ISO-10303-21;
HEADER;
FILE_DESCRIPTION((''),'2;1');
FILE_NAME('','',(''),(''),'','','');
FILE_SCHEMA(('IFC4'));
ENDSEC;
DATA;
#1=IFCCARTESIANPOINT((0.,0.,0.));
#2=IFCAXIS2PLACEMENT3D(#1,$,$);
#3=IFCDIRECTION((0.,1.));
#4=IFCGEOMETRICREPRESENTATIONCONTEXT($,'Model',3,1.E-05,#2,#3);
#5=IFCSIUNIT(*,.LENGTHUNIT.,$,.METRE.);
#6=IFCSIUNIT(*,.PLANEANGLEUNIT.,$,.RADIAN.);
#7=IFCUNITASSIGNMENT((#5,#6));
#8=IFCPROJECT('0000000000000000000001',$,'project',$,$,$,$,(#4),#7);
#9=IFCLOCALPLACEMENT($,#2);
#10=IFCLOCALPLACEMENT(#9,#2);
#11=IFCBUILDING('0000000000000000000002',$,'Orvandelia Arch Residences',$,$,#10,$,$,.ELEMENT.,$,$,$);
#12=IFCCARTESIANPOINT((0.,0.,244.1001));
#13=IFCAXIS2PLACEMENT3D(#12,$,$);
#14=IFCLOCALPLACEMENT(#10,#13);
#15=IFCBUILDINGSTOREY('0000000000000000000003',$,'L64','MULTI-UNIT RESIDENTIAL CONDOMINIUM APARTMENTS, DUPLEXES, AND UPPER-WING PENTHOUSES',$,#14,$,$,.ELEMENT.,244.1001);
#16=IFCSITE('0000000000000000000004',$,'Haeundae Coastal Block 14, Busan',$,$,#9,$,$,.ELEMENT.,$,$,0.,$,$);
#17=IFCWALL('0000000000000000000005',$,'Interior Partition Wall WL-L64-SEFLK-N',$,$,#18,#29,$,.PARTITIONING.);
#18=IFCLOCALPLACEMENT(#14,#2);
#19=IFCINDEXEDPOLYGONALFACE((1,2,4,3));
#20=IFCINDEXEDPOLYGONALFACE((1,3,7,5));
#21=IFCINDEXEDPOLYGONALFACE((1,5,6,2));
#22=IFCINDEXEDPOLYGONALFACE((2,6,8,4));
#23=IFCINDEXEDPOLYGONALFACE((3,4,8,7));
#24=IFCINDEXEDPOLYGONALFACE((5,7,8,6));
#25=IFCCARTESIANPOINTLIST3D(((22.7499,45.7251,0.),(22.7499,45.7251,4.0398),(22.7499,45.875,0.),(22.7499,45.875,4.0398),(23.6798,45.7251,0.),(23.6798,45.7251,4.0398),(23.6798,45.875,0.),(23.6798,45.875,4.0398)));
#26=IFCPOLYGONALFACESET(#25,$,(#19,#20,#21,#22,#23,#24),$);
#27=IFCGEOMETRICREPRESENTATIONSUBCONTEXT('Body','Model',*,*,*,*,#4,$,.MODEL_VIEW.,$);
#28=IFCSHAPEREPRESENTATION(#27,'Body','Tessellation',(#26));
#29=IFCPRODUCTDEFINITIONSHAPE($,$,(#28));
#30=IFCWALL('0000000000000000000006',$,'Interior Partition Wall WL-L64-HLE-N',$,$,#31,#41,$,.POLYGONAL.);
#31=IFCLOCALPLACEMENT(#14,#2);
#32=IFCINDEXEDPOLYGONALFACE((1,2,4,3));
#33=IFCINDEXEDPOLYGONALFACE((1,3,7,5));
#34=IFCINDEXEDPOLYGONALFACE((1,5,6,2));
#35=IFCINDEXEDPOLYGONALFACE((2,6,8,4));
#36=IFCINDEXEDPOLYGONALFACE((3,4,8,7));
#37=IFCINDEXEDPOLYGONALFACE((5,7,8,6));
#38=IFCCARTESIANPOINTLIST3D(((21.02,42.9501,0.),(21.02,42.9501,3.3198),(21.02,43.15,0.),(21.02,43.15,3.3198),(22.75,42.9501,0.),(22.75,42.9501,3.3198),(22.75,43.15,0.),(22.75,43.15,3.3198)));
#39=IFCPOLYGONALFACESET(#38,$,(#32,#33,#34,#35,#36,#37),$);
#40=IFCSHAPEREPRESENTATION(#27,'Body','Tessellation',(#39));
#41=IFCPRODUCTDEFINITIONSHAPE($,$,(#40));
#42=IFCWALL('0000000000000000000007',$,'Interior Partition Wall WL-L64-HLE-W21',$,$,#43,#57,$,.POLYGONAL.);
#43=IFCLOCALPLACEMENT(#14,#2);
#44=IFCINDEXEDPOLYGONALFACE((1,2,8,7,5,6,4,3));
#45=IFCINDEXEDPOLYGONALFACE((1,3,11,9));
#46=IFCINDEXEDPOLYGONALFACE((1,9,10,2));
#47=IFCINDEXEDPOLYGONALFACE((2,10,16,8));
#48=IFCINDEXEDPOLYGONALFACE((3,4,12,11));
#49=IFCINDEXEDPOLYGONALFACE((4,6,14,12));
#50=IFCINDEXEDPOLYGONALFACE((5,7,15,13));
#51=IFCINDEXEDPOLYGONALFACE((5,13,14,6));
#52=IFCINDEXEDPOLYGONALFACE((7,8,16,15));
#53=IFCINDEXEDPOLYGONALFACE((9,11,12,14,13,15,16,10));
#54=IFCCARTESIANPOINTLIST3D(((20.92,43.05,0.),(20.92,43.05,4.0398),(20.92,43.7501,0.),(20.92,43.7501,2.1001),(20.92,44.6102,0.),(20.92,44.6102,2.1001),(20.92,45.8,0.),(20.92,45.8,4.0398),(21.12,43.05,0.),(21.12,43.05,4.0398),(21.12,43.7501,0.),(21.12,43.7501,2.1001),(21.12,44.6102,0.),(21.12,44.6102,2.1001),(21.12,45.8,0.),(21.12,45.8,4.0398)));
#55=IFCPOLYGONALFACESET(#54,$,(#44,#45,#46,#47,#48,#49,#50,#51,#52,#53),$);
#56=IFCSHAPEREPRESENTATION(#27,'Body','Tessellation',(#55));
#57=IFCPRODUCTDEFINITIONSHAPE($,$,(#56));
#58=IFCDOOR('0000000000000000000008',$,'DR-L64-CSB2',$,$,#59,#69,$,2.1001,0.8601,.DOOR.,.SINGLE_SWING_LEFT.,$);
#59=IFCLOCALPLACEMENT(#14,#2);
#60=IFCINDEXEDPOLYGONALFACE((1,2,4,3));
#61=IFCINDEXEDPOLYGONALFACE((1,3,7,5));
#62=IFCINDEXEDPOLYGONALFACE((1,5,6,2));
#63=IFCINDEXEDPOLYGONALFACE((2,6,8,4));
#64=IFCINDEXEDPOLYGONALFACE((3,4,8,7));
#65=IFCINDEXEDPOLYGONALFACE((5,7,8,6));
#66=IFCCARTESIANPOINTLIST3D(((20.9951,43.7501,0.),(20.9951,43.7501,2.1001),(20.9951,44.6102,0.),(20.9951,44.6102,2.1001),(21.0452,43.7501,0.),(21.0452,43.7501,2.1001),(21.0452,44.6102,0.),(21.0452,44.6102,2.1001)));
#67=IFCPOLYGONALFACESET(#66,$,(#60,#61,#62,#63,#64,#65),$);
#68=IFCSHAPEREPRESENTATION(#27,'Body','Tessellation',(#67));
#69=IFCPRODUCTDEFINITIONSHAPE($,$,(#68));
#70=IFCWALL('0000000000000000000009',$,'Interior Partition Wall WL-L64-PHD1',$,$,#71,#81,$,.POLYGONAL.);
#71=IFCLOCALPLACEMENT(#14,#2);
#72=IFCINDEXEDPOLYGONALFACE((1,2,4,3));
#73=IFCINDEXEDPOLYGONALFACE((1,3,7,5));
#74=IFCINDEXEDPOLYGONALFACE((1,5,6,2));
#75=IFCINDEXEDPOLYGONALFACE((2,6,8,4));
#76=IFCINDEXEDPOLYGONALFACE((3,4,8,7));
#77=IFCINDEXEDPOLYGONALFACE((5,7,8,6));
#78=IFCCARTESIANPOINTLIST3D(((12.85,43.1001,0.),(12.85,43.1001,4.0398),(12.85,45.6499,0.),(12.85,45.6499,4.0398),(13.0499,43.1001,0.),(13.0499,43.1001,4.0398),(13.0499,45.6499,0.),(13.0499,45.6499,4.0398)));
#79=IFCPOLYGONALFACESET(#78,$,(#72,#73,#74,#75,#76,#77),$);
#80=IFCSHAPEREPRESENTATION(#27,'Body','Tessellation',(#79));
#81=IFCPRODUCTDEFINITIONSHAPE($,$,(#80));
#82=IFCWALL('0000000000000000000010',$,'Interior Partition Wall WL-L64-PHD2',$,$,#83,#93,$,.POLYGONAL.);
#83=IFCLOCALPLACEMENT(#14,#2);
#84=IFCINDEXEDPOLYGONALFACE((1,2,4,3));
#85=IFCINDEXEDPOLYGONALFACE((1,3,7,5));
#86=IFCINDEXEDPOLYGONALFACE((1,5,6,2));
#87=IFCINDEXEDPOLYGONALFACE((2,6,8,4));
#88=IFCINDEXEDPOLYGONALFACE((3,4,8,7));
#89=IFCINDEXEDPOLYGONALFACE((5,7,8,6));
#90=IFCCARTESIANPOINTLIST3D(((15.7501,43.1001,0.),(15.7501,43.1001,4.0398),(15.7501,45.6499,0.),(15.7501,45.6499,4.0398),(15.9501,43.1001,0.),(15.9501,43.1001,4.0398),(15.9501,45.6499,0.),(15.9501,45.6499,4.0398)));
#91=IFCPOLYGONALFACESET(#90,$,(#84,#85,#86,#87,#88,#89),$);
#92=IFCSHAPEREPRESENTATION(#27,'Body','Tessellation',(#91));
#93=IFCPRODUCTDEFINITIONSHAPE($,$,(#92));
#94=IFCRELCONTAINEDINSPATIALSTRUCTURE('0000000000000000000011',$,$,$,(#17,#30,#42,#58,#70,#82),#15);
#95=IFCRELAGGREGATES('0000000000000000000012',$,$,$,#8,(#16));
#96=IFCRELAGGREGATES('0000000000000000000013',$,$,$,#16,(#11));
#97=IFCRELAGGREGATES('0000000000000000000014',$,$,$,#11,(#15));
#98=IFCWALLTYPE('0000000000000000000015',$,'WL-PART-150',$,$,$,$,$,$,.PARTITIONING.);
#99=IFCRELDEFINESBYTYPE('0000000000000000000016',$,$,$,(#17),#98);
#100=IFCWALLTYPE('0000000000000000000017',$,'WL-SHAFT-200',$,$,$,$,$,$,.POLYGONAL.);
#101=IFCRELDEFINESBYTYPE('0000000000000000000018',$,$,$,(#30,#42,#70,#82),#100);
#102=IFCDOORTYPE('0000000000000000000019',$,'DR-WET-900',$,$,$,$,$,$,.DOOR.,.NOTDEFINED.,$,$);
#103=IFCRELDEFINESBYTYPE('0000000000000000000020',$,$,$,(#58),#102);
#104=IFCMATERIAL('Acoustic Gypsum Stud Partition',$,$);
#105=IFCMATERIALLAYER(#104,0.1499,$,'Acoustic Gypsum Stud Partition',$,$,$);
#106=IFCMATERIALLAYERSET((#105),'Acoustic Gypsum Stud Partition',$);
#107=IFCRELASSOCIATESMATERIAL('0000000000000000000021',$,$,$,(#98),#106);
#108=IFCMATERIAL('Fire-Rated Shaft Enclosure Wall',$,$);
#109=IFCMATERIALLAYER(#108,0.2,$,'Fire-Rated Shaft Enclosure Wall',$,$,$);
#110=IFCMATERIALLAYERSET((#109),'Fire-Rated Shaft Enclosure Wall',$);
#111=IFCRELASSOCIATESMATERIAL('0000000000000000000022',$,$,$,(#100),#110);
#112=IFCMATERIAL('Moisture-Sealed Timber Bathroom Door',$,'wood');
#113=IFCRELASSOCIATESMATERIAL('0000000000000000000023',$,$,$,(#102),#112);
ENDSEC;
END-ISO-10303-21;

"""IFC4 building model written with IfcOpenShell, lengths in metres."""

from ifc_helpers import new_model, si_unit, direction, frame, frame_2d, origin, place, context, subcontext, project, spatial, rectangle, extrude, material, layer, layer_set, type_object, element, fill, save


model = new_model("IFC4")

# Units and contexts
model_context = context("Model", 3, precision=1e-05, world=origin(), true_north=direction((0.0, 1.0)))
body_context = subcontext(model_context, "Body", "Model", "MODEL_VIEW")
ifc_project = project(units=[si_unit("LENGTHUNIT", "METRE"), si_unit("PLANEANGLEUNIT", "RADIAN")], contexts=[model_context])

# Site, building, storey
site_placement = place(None, origin())
site = spatial("IfcSite", under=ifc_project, at=site_placement, Name="Haeundae Coastal Block 14, Busan", CompositionType="ELEMENT", RefElevation=0.0)
building_placement = place(site_placement, origin())
building = spatial("IfcBuilding", under=site, at=building_placement, Name="Orvandelia Arch Residences", CompositionType="ELEMENT")
storey_placement = place(building_placement, frame((0.0, 0.0, 244.1001)))
storey = spatial("IfcBuildingStorey", under=building, at=storey_placement, Name="L64", Description="MULTI-UNIT RESIDENTIAL CONDOMINIUM APARTMENTS, DUPLEXES, AND UPPER-WING PENTHOUSES", CompositionType="ELEMENT", Elevation=244.1001)

# Walls
ifc_material_1 = material(Name="Acoustic Gypsum Stud Partition")
ifc_layer_1 = layer(ifc_material_1, 0.1499, Name="Acoustic Gypsum Stud Partition")
ifc_layer_set_1 = layer_set([ifc_layer_1], Name="Acoustic Gypsum Stud Partition")
wall_type_1 = type_object("IfcWallType", Name="WL-PART-150", PredefinedType="PARTITIONING", material=ifc_layer_set_1)
wall_1_placement = place(storey_placement, frame((22.75, 45.8, 0.0), z_axis=(0.0, 0.0, 1.0), x_axis=(1.0, 0.0, 0.0)))
element("IfcWall", 1, at=wall_1_placement, inside=storey, type_object=wall_type_1, Name="Interior Partition Wall WL-L64-SEFLK-N", PredefinedType="PARTITIONING", context=body_context, shape_type="SweptSolid", body=[
    extrude(rectangle(XDim=0.9299, YDim=0.1499, at=frame_2d((0.4648, 0.0))), origin(), (0.0, 0.0, 1.0), 4.0398),
])
ifc_material_2 = material(Name="Fire-Rated Shaft Enclosure Wall")
ifc_layer_2 = layer(ifc_material_2, 0.2, Name="Fire-Rated Shaft Enclosure Wall")
ifc_layer_set_2 = layer_set([ifc_layer_2], Name="Fire-Rated Shaft Enclosure Wall")
wall_type_2 = type_object("IfcWallType", Name="WL-SHAFT-200", PredefinedType="POLYGONAL", material=ifc_layer_set_2)
wall_2_placement = place(storey_placement, frame((21.02, 43.05, 0.0), z_axis=(0.0, 0.0, 1.0), x_axis=(1.0, 0.0, 0.0)))
element("IfcWall", 2, at=wall_2_placement, inside=storey, type_object=wall_type_2, Name="Interior Partition Wall WL-L64-HLE-N", PredefinedType="POLYGONAL", context=body_context, shape_type="SweptSolid", body=[
    extrude(rectangle(XDim=1.73, YDim=0.2, at=frame_2d((0.865, 0.0))), origin(), (0.0, 0.0, 1.0), 3.3198),
])

# Wall, opening, door
wall_3_placement = place(storey_placement, frame((21.02, 43.05, 0.0), z_axis=(0.0, 0.0, 1.0), x_axis=(0.0, 1.0, 0.0)))
wall_3 = element("IfcWall", 3, at=wall_3_placement, inside=storey, type_object=wall_type_2, Name="Interior Partition Wall WL-L64-HLE-W21", PredefinedType="POLYGONAL", context=body_context, shape_type="SweptSolid", body=[
    extrude(rectangle(XDim=2.75, YDim=0.2, at=frame_2d((1.375, 0.0))), origin(), (0.0, 0.0, 1.0), 4.0398),
])
opening_1_placement = place(wall_3_placement, frame((0.7, 0.0, 0.0)))
opening_1 = element("IfcOpeningElement", 4, at=opening_1_placement, cuts=wall_3, PredefinedType="OPENING", context=body_context, shape_type="SweptSolid", body=[
    extrude(rectangle(XDim=0.8601, YDim=2.1001, at=frame_2d((0.4302, 1.05))), frame((0.0, 0.1099, 0.0), z_axis=(0.0, -1.0, 0.0), x_axis=(1.0, 0.0, 0.0)), (0.0, 0.0, 1.0), 0.22),
])
ifc_material_3 = material(Name="Moisture-Sealed Timber Bathroom Door", Category="wood")
door_type_1 = type_object("IfcDoorType", Name="DR-WET-900", OperationType="NOTDEFINED", PredefinedType="DOOR", material=ifc_material_3)
door_1_placement = place(opening_1_placement, origin())
door_1 = element("IfcDoor", 5, at=door_1_placement, inside=storey, type_object=door_type_1, Name="DR-L64-CSB2", OperationType="SINGLE_SWING_LEFT", OverallHeight=2.1001, OverallWidth=0.8601, PredefinedType="DOOR", context=body_context, shape_type="SweptSolid", body=[
    extrude(rectangle(XDim=0.8601, YDim=2.1001, at=frame_2d((0.4302, 1.05))), frame((0.0, 0.0249, 0.0), z_axis=(0.0, -1.0, 0.0), x_axis=(1.0, 0.0, 0.0)), (0.0, 0.0, 1.0), 0.05),
])
fill(opening_1, door_1)

# Walls
for number, where, z_axis, x_axis, name in (
    (6, (12.95, 43.1001, 0.0), (0.0, 0.0, 1.0), (0.0, 1.0, 0.0), "Interior Partition Wall WL-L64-PHD1"),
    (7, (15.8501, 43.1001, 0.0), (0.0, 0.0, 1.0), (0.0, 1.0, 0.0), "Interior Partition Wall WL-L64-PHD2"),
):
    element("IfcWall", number, at=place(storey_placement, frame(where, z_axis=z_axis, x_axis=x_axis)), inside=storey, type_object=wall_type_2, Name=name, PredefinedType="POLYGONAL", context=body_context, shape_type="SweptSolid", body=[
        extrude(rectangle(XDim=2.5498, YDim=0.2, at=frame_2d((1.2749, 0.0))), origin(), (0.0, 0.0, 1.0), 4.0398),
    ])

save(model, "model.ifc")
